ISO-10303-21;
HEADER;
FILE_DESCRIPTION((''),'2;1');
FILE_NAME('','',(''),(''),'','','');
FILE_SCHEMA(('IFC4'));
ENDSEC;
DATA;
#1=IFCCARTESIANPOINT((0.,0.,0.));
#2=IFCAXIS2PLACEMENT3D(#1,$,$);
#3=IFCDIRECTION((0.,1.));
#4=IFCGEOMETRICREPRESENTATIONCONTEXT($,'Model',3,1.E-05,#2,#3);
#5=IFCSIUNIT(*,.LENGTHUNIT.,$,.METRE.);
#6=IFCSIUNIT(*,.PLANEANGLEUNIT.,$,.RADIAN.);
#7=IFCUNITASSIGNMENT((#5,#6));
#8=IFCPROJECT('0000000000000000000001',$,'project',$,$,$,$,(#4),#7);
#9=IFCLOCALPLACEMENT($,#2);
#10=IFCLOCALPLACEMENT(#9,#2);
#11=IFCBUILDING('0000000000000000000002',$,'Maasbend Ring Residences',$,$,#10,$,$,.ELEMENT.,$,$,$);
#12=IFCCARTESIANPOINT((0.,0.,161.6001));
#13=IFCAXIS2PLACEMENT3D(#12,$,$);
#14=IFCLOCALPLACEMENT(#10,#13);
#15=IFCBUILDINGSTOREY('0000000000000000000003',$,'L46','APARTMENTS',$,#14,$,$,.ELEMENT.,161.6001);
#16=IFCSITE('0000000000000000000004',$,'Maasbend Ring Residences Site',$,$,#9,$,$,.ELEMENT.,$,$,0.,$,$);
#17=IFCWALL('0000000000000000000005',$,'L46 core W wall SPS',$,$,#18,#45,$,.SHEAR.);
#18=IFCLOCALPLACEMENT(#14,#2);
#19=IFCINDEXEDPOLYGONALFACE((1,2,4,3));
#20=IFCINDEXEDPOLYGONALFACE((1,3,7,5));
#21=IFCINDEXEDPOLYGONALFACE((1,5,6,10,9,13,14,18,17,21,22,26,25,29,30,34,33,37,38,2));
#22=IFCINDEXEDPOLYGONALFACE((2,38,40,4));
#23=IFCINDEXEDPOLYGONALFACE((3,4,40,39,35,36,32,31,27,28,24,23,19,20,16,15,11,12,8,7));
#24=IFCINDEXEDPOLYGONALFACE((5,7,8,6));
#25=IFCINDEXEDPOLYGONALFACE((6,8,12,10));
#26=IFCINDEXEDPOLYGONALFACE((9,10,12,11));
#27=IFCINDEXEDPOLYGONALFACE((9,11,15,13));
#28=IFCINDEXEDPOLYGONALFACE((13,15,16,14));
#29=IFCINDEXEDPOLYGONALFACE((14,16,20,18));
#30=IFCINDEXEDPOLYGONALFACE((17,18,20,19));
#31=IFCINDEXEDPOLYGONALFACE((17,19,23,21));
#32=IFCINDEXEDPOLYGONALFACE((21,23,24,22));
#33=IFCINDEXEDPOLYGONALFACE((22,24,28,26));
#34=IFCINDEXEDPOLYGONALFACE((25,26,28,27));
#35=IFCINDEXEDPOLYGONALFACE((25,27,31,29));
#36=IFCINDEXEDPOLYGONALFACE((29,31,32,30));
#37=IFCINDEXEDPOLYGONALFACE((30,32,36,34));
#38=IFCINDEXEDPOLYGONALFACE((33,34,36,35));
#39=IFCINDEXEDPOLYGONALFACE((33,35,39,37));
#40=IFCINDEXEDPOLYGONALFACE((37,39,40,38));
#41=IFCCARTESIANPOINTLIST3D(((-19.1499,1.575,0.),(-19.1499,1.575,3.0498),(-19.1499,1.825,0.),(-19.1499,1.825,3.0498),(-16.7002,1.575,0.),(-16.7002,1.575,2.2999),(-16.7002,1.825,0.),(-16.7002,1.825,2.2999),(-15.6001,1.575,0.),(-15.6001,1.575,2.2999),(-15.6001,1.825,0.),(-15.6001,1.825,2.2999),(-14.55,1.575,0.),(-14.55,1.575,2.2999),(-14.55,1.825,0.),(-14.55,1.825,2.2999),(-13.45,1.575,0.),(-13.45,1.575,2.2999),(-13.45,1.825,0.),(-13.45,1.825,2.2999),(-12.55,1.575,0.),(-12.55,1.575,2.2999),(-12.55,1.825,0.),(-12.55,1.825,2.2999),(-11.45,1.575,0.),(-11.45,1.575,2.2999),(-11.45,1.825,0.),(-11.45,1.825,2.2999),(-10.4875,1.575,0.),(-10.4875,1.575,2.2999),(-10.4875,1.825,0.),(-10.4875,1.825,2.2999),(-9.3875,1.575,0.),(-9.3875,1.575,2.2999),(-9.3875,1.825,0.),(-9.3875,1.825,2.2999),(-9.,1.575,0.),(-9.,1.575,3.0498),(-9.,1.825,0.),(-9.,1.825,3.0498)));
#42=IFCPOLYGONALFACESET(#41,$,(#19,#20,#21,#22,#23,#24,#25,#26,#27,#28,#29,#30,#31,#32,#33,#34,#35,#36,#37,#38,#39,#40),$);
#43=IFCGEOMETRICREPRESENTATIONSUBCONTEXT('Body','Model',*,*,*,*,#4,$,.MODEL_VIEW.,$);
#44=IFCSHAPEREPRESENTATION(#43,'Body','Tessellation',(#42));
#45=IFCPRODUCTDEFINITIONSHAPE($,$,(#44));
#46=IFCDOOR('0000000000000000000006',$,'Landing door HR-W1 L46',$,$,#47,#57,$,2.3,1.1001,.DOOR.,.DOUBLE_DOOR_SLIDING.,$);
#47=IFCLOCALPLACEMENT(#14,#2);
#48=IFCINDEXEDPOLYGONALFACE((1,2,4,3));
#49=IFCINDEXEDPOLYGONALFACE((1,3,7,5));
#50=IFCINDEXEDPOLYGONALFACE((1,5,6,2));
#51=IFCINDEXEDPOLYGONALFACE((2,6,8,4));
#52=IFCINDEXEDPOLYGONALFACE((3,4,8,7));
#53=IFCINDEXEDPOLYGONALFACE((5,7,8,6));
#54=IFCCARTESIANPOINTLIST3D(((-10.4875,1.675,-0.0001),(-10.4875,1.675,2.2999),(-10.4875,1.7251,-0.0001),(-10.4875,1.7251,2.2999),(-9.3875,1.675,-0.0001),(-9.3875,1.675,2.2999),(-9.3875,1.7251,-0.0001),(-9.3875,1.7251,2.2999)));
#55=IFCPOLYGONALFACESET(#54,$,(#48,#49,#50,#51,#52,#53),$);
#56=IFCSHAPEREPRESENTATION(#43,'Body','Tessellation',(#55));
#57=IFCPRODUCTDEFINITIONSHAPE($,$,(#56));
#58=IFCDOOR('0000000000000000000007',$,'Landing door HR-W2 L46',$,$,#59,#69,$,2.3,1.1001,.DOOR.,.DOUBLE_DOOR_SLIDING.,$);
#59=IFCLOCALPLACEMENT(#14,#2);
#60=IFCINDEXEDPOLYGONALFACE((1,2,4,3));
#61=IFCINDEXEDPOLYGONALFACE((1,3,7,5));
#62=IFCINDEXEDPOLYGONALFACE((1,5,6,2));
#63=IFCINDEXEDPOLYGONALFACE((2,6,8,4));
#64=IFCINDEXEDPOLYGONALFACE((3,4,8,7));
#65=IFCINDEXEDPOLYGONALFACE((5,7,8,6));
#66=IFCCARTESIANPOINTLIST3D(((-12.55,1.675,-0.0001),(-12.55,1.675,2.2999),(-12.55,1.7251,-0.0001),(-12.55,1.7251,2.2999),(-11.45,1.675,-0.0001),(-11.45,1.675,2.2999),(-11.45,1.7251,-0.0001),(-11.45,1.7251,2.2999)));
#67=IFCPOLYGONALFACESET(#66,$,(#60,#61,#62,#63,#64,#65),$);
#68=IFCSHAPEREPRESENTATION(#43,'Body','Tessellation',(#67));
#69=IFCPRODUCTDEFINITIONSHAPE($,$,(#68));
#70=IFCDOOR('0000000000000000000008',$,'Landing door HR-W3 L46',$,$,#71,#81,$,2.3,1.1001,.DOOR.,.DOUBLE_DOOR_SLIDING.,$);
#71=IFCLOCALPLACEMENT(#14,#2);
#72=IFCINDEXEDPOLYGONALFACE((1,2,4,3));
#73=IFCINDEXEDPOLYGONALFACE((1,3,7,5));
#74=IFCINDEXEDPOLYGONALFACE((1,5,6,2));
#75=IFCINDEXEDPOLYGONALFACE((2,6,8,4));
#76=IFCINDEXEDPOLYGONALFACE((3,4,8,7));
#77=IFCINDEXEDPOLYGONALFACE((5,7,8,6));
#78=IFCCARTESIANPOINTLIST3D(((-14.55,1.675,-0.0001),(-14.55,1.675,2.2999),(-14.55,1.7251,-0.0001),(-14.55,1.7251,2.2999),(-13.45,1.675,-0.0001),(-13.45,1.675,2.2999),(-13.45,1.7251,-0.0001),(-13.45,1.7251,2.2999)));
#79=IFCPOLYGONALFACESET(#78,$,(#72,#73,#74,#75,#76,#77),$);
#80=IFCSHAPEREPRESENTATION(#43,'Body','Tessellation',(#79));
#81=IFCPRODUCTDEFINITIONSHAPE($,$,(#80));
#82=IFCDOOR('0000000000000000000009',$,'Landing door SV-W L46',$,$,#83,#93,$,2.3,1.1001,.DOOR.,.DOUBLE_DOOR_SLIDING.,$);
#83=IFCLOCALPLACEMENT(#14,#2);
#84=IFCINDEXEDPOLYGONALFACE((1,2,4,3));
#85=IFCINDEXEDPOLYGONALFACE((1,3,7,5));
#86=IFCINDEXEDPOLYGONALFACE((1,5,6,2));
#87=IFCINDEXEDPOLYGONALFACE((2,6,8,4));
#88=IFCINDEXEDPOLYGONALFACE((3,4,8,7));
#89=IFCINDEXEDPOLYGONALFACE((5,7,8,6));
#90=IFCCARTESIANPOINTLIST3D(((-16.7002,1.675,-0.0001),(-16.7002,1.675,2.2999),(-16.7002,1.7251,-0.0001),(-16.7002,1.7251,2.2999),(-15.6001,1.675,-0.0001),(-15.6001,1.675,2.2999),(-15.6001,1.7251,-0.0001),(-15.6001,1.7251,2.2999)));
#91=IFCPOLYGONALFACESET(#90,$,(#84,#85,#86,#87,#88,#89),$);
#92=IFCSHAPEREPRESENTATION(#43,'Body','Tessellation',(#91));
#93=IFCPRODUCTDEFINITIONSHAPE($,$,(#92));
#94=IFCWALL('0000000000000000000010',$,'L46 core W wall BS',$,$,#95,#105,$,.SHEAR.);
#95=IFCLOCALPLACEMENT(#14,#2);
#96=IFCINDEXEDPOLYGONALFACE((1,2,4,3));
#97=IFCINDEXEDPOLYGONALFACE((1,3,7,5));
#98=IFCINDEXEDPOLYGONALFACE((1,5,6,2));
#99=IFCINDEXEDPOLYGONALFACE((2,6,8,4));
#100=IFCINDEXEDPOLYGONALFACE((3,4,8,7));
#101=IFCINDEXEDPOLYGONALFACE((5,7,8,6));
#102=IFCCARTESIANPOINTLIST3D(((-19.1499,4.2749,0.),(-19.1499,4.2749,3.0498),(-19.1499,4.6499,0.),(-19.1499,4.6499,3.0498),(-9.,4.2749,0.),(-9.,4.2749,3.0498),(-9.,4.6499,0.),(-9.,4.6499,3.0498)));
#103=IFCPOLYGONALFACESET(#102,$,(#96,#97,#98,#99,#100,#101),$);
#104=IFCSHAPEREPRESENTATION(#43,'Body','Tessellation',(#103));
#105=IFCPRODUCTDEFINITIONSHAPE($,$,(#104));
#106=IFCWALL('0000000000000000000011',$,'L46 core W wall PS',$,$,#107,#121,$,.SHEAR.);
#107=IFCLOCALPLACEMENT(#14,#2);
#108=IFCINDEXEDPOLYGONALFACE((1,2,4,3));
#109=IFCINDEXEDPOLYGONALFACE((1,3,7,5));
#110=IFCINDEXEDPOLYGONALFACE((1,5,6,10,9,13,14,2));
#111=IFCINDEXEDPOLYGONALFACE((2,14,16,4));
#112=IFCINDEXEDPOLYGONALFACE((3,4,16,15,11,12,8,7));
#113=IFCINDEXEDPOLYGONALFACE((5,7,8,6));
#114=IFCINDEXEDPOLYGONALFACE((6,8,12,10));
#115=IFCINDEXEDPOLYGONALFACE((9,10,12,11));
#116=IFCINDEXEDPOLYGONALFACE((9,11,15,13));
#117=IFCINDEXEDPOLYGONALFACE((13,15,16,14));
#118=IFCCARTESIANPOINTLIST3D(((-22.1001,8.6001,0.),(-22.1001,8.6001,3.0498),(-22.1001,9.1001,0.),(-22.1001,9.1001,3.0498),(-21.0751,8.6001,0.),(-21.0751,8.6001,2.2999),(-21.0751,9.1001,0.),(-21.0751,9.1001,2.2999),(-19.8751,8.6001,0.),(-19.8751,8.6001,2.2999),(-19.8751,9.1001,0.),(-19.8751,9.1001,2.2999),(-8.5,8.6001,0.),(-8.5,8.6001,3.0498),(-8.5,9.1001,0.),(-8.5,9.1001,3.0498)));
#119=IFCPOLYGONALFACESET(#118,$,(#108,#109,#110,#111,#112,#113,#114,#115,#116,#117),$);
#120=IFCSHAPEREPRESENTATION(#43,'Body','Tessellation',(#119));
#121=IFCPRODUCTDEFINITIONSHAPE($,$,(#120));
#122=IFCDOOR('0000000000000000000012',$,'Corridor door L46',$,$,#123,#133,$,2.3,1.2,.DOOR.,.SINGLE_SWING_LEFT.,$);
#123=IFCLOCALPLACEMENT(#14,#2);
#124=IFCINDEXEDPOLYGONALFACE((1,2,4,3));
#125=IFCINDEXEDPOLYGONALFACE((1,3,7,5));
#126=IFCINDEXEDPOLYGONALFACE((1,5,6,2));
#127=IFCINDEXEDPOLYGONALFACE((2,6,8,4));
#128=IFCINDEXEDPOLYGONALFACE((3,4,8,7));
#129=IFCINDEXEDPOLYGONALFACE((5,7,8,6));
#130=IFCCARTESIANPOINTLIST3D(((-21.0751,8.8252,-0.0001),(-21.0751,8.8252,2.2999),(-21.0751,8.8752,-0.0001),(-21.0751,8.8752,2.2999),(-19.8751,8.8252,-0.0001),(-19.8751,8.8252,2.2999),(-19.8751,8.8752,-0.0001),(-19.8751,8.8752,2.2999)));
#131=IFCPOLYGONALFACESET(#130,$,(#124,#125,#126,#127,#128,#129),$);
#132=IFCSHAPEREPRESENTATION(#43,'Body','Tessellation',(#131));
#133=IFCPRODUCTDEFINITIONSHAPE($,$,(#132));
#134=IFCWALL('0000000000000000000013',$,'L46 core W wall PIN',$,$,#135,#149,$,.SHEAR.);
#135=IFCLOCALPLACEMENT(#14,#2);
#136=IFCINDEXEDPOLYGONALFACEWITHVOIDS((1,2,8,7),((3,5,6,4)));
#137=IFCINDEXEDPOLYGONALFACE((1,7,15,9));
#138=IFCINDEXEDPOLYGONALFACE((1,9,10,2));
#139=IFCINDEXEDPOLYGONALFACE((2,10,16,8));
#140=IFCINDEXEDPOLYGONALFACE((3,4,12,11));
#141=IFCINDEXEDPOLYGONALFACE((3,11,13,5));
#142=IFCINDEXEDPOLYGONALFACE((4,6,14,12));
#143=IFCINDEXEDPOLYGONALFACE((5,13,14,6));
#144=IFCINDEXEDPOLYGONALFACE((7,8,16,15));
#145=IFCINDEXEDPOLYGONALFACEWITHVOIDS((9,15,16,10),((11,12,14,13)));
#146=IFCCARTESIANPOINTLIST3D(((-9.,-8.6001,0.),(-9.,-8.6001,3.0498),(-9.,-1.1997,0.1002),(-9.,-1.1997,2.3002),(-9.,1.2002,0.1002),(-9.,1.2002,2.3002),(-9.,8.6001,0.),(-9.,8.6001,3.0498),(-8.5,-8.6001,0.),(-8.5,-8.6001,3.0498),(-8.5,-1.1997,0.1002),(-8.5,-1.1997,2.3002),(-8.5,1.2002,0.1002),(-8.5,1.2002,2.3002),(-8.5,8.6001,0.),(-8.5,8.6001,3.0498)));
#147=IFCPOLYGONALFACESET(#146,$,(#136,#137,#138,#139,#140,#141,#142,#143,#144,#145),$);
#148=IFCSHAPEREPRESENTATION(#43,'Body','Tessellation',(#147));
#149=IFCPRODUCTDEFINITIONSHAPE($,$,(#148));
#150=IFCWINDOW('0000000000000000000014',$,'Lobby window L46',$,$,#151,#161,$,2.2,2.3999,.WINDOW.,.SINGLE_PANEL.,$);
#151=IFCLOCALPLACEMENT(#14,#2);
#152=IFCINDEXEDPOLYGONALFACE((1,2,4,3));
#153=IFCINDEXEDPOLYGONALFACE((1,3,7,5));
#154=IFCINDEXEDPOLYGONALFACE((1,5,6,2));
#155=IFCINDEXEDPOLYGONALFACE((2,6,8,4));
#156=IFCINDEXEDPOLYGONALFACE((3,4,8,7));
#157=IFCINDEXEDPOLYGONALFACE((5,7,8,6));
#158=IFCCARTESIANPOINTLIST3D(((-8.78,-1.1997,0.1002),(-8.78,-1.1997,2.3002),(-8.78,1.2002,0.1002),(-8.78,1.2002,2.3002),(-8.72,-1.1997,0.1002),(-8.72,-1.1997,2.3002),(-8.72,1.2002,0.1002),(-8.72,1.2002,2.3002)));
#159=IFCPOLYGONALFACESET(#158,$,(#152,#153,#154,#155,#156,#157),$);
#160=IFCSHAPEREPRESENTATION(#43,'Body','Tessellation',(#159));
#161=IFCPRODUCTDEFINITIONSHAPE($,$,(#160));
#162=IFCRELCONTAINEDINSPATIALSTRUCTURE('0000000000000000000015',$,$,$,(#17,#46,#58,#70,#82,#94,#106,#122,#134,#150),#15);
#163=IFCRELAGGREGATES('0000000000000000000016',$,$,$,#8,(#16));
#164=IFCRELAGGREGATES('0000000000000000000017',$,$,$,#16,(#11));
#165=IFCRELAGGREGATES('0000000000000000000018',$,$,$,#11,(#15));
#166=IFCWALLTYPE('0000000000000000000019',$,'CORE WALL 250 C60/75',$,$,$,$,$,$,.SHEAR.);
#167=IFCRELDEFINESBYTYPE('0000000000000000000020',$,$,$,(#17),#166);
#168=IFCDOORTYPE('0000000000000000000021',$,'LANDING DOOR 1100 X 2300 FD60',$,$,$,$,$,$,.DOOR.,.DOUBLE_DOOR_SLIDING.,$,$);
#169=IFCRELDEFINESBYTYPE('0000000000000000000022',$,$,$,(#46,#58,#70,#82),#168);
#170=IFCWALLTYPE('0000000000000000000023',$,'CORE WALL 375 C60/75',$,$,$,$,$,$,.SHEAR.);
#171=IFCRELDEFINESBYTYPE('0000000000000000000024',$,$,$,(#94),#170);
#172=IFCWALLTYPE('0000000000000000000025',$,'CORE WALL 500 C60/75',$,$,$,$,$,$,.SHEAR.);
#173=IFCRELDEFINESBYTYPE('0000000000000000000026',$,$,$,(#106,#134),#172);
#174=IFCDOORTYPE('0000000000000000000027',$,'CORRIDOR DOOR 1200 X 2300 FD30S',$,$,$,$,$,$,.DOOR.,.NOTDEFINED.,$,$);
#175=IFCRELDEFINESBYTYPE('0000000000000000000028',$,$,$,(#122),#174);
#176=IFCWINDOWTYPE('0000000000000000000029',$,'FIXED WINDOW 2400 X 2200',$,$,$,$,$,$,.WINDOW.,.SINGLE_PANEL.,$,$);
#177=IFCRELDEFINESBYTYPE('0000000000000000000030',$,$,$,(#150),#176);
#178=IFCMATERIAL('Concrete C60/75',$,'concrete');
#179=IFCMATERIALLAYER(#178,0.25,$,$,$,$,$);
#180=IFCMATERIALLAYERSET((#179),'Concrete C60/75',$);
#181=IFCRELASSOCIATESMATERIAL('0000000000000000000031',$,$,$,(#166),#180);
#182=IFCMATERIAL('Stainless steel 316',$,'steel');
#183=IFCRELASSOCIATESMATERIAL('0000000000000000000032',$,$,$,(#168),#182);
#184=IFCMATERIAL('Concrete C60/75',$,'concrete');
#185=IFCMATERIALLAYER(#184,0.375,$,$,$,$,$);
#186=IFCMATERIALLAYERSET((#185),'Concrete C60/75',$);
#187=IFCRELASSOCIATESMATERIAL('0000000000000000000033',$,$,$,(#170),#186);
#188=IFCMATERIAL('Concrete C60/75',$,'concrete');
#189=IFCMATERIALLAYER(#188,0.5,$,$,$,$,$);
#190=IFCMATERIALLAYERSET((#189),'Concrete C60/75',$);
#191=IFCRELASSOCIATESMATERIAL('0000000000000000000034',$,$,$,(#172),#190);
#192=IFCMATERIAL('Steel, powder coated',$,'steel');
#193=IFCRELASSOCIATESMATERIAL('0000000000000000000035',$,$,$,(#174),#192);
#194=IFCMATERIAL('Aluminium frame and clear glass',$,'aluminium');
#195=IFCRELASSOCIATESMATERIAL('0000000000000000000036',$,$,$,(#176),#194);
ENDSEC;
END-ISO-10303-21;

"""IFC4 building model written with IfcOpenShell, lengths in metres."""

from ifc_helpers import new_model, si_unit, direction, frame, frame_2d, origin, place, context, subcontext, project, spatial, rectangle, extrude, material, layer, layer_set, type_object, element, fill, save


model = new_model("IFC4")

# Units and contexts
model_context = context("Model", 3, precision=1e-05, world=origin(), true_north=direction((0.0, 1.0)))
body_context = subcontext(model_context, "Body", "Model", "MODEL_VIEW")
ifc_project = project(units=[si_unit("LENGTHUNIT", "METRE"), si_unit("PLANEANGLEUNIT", "RADIAN")], contexts=[model_context])

# Site, building, storey
site_placement = place(None, origin())
site = spatial("IfcSite", under=ifc_project, at=site_placement, Name="Maasbend Ring Residences Site", CompositionType="ELEMENT", RefElevation=0.0)
building_placement = place(site_placement, origin())
building = spatial("IfcBuilding", under=site, at=building_placement, Name="Maasbend Ring Residences", CompositionType="ELEMENT")
storey_placement = place(building_placement, frame((0.0, 0.0, 161.6001)))
storey = spatial("IfcBuildingStorey", under=building, at=storey_placement, Name="L46", Description="APARTMENTS", CompositionType="ELEMENT", Elevation=161.6001)

# Wall, openings, doors
ifc_material_1 = material(Name="Concrete C60/75", Category="concrete")
ifc_layer_1 = layer(ifc_material_1, 0.25)
ifc_layer_set_1 = layer_set([ifc_layer_1], Name="Concrete C60/75")
wall_type_1 = type_object("IfcWallType", Name="CORE WALL 250 C60/75", PredefinedType="SHEAR", material=ifc_layer_set_1)
wall_1_placement = place(storey_placement, frame((-9.0, 1.7, 0.0), z_axis=(0.0, 0.0, 1.0), x_axis=(-1.0, 0.0, 0.0)))
wall_1 = element("IfcWall", 1, at=wall_1_placement, inside=storey, type_object=wall_type_1, Name="L46 core W wall SPS", PredefinedType="SHEAR", context=body_context, shape_type="SweptSolid", body=[
    extrude(rectangle(XDim=10.1499, YDim=0.25, at=frame_2d((5.075, 0.0))), origin(), (0.0, 0.0, 1.0), 3.0498),
])
opening_1_placement = place(wall_1_placement, frame((0.3875, 0.0, 0.0)))
opening_1 = element("IfcOpeningElement", 2, at=opening_1_placement, cuts=wall_1, PredefinedType="OPENING", context=body_context, shape_type="SweptSolid", body=[
    extrude(rectangle(XDim=1.1001, YDim=2.3, at=frame_2d((0.55, 1.1499))), frame((0.0, 0.135, 0.0), z_axis=(0.0, -1.0, 0.0), x_axis=(1.0, 0.0, 0.0)), (0.0, 0.0, 1.0), 0.27),
])
opening_2_placement = place(wall_1_placement, frame((2.45, 0.0, 0.0)))
opening_2 = element("IfcOpeningElement", 3, at=opening_2_placement, cuts=wall_1, PredefinedType="OPENING", context=body_context, shape_type="SweptSolid", body=[
    extrude(rectangle(XDim=1.1001, YDim=2.3, at=frame_2d((0.55, 1.1499))), frame((0.0, 0.135, 0.0), z_axis=(0.0, -1.0, 0.0), x_axis=(1.0, 0.0, 0.0)), (0.0, 0.0, 1.0), 0.27),
])
opening_3_placement = place(wall_1_placement, frame((4.45, 0.0, 0.0)))
opening_3 = element("IfcOpeningElement", 4, at=opening_3_placement, cuts=wall_1, PredefinedType="OPENING", context=body_context, shape_type="SweptSolid", body=[
    extrude(rectangle(XDim=1.1001, YDim=2.3, at=frame_2d((0.55, 1.1499))), frame((0.0, 0.135, 0.0), z_axis=(0.0, -1.0, 0.0), x_axis=(1.0, 0.0, 0.0)), (0.0, 0.0, 1.0), 0.27),
])
opening_4_placement = place(wall_1_placement, frame((6.6001, 0.0, 0.0)))
opening_4 = element("IfcOpeningElement", 5, at=opening_4_placement, cuts=wall_1, PredefinedType="OPENING", context=body_context, shape_type="SweptSolid", body=[
    extrude(rectangle(XDim=1.1001, YDim=2.3, at=frame_2d((0.55, 1.1499))), frame((0.0, 0.135, 0.0), z_axis=(0.0, -1.0, 0.0), x_axis=(1.0, 0.0, 0.0)), (0.0, 0.0, 1.0), 0.27),
])
ifc_material_2 = material(Name="Stainless steel 316", Category="steel")
door_type_1 = type_object("IfcDoorType", Name="LANDING DOOR 1100 X 2300 FD60", OperationType="DOUBLE_DOOR_SLIDING", PredefinedType="DOOR", material=ifc_material_2)
door_1_placement = place(opening_1_placement, origin())
door_1 = element("IfcDoor", 6, at=door_1_placement, inside=storey, type_object=door_type_1, Name="Landing door HR-W1 L46", OperationType="DOUBLE_DOOR_SLIDING", OverallHeight=2.3, OverallWidth=1.1001, PredefinedType="DOOR", context=body_context, shape_type="SweptSolid", body=[
    extrude(rectangle(XDim=1.1001, YDim=2.3, at=frame_2d((0.55, 1.1499))), frame((0.0, 0.0249, 0.0), z_axis=(0.0, -1.0, 0.0), x_axis=(1.0, 0.0, 0.0)), (0.0, 0.0, 1.0), 0.05),
])
fill(opening_1, door_1)
door_2_placement = place(opening_2_placement, origin())
door_2 = element("IfcDoor", 7, at=door_2_placement, inside=storey, type_object=door_type_1, Name="Landing door HR-W2 L46", OperationType="DOUBLE_DOOR_SLIDING", OverallHeight=2.3, OverallWidth=1.1001, PredefinedType="DOOR", context=body_context, shape_type="SweptSolid", body=[
    extrude(rectangle(XDim=1.1001, YDim=2.3, at=frame_2d((0.55, 1.1499))), frame((0.0, 0.0249, 0.0), z_axis=(0.0, -1.0, 0.0), x_axis=(1.0, 0.0, 0.0)), (0.0, 0.0, 1.0), 0.05),
])
fill(opening_2, door_2)
door_3_placement = place(opening_3_placement, origin())
door_3 = element("IfcDoor", 8, at=door_3_placement, inside=storey, type_object=door_type_1, Name="Landing door HR-W3 L46", OperationType="DOUBLE_DOOR_SLIDING", OverallHeight=2.3, OverallWidth=1.1001, PredefinedType="DOOR", context=body_context, shape_type="SweptSolid", body=[
    extrude(rectangle(XDim=1.1001, YDim=2.3, at=frame_2d((0.55, 1.1499))), frame((0.0, 0.0249, 0.0), z_axis=(0.0, -1.0, 0.0), x_axis=(1.0, 0.0, 0.0)), (0.0, 0.0, 1.0), 0.05),
])
fill(opening_3, door_3)
door_4_placement = place(opening_4_placement, origin())
door_4 = element("IfcDoor", 9, at=door_4_placement, inside=storey, type_object=door_type_1, Name="Landing door SV-W L46", OperationType="DOUBLE_DOOR_SLIDING", OverallHeight=2.3, OverallWidth=1.1001, PredefinedType="DOOR", context=body_context, shape_type="SweptSolid", body=[
    extrude(rectangle(XDim=1.1001, YDim=2.3, at=frame_2d((0.55, 1.1499))), frame((0.0, 0.0249, 0.0), z_axis=(0.0, -1.0, 0.0), x_axis=(1.0, 0.0, 0.0)), (0.0, 0.0, 1.0), 0.05),
])
fill(opening_4, door_4)

# Wall
ifc_material_3 = material(Name="Concrete C60/75", Category="concrete")
ifc_layer_2 = layer(ifc_material_3, 0.375)
ifc_layer_set_2 = layer_set([ifc_layer_2], Name="Concrete C60/75")
wall_type_2 = type_object("IfcWallType", Name="CORE WALL 375 C60/75", PredefinedType="SHEAR", material=ifc_layer_set_2)
wall_2_placement = place(storey_placement, frame((-9.0, 4.4624, 0.0), z_axis=(0.0, 0.0, 1.0), x_axis=(-1.0, 0.0, 0.0)))
element("IfcWall", 10, at=wall_2_placement, inside=storey, type_object=wall_type_2, Name="L46 core W wall BS", PredefinedType="SHEAR", context=body_context, shape_type="SweptSolid", body=[
    extrude(rectangle(XDim=10.1499, YDim=0.375, at=frame_2d((5.075, 0.0))), origin(), (0.0, 0.0, 1.0), 3.0498),
])

# Wall, opening, door
ifc_material_4 = material(Name="Concrete C60/75", Category="concrete")
ifc_layer_3 = layer(ifc_material_4, 0.5)
ifc_layer_set_3 = layer_set([ifc_layer_3], Name="Concrete C60/75")
wall_type_3 = type_object("IfcWallType", Name="CORE WALL 500 C60/75", PredefinedType="SHEAR", material=ifc_layer_set_3)
wall_3_placement = place(storey_placement, frame((-8.5, 8.8501, 0.0), z_axis=(0.0, 0.0, 1.0), x_axis=(-1.0, 0.0, 0.0)))
wall_3 = element("IfcWall", 11, at=wall_3_placement, inside=storey, type_object=wall_type_3, Name="L46 core W wall PS", PredefinedType="SHEAR", context=body_context, shape_type="SweptSolid", body=[
    extrude(rectangle(XDim=13.6001, YDim=0.5, at=frame_2d((6.8, 0.0))), origin(), (0.0, 0.0, 1.0), 3.0498),
])
opening_5_placement = place(wall_3_placement, frame((11.375, 0.0, 0.0)))
opening_5 = element("IfcOpeningElement", 12, at=opening_5_placement, cuts=wall_3, PredefinedType="OPENING", context=body_context, shape_type="SweptSolid", body=[
    extrude(rectangle(XDim=1.2, YDim=2.3, at=frame_2d((0.6001, 1.1499))), frame((0.0, 0.26, 0.0), z_axis=(0.0, -1.0, 0.0), x_axis=(1.0, 0.0, 0.0)), (0.0, 0.0, 1.0), 0.52),
])
ifc_material_5 = material(Name="Steel, powder coated", Category="steel")
door_type_2 = type_object("IfcDoorType", Name="CORRIDOR DOOR 1200 X 2300 FD30S", OperationType="NOTDEFINED", PredefinedType="DOOR", material=ifc_material_5)
door_5_placement = place(opening_5_placement, origin())
door_5 = element("IfcDoor", 13, at=door_5_placement, inside=storey, type_object=door_type_2, Name="Corridor door L46", OperationType="SINGLE_SWING_LEFT", OverallHeight=2.3, OverallWidth=1.2, PredefinedType="DOOR", context=body_context, shape_type="SweptSolid", body=[
    extrude(rectangle(XDim=1.2, YDim=2.3, at=frame_2d((0.6001, 1.1499))), frame((0.0, 0.0249, 0.0), z_axis=(0.0, -1.0, 0.0), x_axis=(1.0, 0.0, 0.0)), (0.0, 0.0, 1.0), 0.05),
])
fill(opening_5, door_5)

# Wall, opening, window
wall_4_placement = place(storey_placement, frame((-8.75, 8.6001, 0.0), z_axis=(0.0, 0.0, 1.0), x_axis=(0.0, -1.0, 0.0)))
wall_4 = element("IfcWall", 14, at=wall_4_placement, inside=storey, type_object=wall_type_3, Name="L46 core W wall PIN", PredefinedType="SHEAR", context=body_context, shape_type="SweptSolid", body=[
    extrude(rectangle(XDim=17.2002, YDim=0.5, at=frame_2d((8.6001, 0.0))), origin(), (0.0, 0.0, 1.0), 3.0498),
])
opening_6_placement = place(wall_4_placement, frame((7.3999, 0.0, 0.1001)))
opening_6 = element("IfcOpeningElement", 15, at=opening_6_placement, cuts=wall_4, PredefinedType="OPENING", context=body_context, shape_type="SweptSolid", body=[
    extrude(rectangle(XDim=2.3999, YDim=2.2, at=frame_2d((1.2, 1.1001))), frame((0.0, 0.26, 0.0), z_axis=(0.0, -1.0, 0.0), x_axis=(1.0, 0.0, 0.0)), (0.0, 0.0, 1.0), 0.52),
])
ifc_material_6 = material(Name="Aluminium frame and clear glass", Category="aluminium")
window_type = type_object("IfcWindowType", Name="FIXED WINDOW 2400 X 2200", PartitioningType="SINGLE_PANEL", PredefinedType="WINDOW", material=ifc_material_6)
window_placement = place(opening_6_placement, origin())
window = element("IfcWindow", 16, at=window_placement, inside=storey, type_object=window_type, Name="Lobby window L46", OverallHeight=2.2, OverallWidth=2.3999, PartitioningType="SINGLE_PANEL", PredefinedType="WINDOW", context=body_context, shape_type="SweptSolid", body=[
    extrude(rectangle(XDim=2.3999, YDim=2.2, at=frame_2d((1.2, 1.1001))), frame((0.0, 0.03, 0.0), z_axis=(0.0, -1.0, 0.0), x_axis=(1.0, 0.0, 0.0)), (0.0, 0.0, 1.0), 0.0601),
])
fill(opening_6, window)

save(model, "model.ifc")
